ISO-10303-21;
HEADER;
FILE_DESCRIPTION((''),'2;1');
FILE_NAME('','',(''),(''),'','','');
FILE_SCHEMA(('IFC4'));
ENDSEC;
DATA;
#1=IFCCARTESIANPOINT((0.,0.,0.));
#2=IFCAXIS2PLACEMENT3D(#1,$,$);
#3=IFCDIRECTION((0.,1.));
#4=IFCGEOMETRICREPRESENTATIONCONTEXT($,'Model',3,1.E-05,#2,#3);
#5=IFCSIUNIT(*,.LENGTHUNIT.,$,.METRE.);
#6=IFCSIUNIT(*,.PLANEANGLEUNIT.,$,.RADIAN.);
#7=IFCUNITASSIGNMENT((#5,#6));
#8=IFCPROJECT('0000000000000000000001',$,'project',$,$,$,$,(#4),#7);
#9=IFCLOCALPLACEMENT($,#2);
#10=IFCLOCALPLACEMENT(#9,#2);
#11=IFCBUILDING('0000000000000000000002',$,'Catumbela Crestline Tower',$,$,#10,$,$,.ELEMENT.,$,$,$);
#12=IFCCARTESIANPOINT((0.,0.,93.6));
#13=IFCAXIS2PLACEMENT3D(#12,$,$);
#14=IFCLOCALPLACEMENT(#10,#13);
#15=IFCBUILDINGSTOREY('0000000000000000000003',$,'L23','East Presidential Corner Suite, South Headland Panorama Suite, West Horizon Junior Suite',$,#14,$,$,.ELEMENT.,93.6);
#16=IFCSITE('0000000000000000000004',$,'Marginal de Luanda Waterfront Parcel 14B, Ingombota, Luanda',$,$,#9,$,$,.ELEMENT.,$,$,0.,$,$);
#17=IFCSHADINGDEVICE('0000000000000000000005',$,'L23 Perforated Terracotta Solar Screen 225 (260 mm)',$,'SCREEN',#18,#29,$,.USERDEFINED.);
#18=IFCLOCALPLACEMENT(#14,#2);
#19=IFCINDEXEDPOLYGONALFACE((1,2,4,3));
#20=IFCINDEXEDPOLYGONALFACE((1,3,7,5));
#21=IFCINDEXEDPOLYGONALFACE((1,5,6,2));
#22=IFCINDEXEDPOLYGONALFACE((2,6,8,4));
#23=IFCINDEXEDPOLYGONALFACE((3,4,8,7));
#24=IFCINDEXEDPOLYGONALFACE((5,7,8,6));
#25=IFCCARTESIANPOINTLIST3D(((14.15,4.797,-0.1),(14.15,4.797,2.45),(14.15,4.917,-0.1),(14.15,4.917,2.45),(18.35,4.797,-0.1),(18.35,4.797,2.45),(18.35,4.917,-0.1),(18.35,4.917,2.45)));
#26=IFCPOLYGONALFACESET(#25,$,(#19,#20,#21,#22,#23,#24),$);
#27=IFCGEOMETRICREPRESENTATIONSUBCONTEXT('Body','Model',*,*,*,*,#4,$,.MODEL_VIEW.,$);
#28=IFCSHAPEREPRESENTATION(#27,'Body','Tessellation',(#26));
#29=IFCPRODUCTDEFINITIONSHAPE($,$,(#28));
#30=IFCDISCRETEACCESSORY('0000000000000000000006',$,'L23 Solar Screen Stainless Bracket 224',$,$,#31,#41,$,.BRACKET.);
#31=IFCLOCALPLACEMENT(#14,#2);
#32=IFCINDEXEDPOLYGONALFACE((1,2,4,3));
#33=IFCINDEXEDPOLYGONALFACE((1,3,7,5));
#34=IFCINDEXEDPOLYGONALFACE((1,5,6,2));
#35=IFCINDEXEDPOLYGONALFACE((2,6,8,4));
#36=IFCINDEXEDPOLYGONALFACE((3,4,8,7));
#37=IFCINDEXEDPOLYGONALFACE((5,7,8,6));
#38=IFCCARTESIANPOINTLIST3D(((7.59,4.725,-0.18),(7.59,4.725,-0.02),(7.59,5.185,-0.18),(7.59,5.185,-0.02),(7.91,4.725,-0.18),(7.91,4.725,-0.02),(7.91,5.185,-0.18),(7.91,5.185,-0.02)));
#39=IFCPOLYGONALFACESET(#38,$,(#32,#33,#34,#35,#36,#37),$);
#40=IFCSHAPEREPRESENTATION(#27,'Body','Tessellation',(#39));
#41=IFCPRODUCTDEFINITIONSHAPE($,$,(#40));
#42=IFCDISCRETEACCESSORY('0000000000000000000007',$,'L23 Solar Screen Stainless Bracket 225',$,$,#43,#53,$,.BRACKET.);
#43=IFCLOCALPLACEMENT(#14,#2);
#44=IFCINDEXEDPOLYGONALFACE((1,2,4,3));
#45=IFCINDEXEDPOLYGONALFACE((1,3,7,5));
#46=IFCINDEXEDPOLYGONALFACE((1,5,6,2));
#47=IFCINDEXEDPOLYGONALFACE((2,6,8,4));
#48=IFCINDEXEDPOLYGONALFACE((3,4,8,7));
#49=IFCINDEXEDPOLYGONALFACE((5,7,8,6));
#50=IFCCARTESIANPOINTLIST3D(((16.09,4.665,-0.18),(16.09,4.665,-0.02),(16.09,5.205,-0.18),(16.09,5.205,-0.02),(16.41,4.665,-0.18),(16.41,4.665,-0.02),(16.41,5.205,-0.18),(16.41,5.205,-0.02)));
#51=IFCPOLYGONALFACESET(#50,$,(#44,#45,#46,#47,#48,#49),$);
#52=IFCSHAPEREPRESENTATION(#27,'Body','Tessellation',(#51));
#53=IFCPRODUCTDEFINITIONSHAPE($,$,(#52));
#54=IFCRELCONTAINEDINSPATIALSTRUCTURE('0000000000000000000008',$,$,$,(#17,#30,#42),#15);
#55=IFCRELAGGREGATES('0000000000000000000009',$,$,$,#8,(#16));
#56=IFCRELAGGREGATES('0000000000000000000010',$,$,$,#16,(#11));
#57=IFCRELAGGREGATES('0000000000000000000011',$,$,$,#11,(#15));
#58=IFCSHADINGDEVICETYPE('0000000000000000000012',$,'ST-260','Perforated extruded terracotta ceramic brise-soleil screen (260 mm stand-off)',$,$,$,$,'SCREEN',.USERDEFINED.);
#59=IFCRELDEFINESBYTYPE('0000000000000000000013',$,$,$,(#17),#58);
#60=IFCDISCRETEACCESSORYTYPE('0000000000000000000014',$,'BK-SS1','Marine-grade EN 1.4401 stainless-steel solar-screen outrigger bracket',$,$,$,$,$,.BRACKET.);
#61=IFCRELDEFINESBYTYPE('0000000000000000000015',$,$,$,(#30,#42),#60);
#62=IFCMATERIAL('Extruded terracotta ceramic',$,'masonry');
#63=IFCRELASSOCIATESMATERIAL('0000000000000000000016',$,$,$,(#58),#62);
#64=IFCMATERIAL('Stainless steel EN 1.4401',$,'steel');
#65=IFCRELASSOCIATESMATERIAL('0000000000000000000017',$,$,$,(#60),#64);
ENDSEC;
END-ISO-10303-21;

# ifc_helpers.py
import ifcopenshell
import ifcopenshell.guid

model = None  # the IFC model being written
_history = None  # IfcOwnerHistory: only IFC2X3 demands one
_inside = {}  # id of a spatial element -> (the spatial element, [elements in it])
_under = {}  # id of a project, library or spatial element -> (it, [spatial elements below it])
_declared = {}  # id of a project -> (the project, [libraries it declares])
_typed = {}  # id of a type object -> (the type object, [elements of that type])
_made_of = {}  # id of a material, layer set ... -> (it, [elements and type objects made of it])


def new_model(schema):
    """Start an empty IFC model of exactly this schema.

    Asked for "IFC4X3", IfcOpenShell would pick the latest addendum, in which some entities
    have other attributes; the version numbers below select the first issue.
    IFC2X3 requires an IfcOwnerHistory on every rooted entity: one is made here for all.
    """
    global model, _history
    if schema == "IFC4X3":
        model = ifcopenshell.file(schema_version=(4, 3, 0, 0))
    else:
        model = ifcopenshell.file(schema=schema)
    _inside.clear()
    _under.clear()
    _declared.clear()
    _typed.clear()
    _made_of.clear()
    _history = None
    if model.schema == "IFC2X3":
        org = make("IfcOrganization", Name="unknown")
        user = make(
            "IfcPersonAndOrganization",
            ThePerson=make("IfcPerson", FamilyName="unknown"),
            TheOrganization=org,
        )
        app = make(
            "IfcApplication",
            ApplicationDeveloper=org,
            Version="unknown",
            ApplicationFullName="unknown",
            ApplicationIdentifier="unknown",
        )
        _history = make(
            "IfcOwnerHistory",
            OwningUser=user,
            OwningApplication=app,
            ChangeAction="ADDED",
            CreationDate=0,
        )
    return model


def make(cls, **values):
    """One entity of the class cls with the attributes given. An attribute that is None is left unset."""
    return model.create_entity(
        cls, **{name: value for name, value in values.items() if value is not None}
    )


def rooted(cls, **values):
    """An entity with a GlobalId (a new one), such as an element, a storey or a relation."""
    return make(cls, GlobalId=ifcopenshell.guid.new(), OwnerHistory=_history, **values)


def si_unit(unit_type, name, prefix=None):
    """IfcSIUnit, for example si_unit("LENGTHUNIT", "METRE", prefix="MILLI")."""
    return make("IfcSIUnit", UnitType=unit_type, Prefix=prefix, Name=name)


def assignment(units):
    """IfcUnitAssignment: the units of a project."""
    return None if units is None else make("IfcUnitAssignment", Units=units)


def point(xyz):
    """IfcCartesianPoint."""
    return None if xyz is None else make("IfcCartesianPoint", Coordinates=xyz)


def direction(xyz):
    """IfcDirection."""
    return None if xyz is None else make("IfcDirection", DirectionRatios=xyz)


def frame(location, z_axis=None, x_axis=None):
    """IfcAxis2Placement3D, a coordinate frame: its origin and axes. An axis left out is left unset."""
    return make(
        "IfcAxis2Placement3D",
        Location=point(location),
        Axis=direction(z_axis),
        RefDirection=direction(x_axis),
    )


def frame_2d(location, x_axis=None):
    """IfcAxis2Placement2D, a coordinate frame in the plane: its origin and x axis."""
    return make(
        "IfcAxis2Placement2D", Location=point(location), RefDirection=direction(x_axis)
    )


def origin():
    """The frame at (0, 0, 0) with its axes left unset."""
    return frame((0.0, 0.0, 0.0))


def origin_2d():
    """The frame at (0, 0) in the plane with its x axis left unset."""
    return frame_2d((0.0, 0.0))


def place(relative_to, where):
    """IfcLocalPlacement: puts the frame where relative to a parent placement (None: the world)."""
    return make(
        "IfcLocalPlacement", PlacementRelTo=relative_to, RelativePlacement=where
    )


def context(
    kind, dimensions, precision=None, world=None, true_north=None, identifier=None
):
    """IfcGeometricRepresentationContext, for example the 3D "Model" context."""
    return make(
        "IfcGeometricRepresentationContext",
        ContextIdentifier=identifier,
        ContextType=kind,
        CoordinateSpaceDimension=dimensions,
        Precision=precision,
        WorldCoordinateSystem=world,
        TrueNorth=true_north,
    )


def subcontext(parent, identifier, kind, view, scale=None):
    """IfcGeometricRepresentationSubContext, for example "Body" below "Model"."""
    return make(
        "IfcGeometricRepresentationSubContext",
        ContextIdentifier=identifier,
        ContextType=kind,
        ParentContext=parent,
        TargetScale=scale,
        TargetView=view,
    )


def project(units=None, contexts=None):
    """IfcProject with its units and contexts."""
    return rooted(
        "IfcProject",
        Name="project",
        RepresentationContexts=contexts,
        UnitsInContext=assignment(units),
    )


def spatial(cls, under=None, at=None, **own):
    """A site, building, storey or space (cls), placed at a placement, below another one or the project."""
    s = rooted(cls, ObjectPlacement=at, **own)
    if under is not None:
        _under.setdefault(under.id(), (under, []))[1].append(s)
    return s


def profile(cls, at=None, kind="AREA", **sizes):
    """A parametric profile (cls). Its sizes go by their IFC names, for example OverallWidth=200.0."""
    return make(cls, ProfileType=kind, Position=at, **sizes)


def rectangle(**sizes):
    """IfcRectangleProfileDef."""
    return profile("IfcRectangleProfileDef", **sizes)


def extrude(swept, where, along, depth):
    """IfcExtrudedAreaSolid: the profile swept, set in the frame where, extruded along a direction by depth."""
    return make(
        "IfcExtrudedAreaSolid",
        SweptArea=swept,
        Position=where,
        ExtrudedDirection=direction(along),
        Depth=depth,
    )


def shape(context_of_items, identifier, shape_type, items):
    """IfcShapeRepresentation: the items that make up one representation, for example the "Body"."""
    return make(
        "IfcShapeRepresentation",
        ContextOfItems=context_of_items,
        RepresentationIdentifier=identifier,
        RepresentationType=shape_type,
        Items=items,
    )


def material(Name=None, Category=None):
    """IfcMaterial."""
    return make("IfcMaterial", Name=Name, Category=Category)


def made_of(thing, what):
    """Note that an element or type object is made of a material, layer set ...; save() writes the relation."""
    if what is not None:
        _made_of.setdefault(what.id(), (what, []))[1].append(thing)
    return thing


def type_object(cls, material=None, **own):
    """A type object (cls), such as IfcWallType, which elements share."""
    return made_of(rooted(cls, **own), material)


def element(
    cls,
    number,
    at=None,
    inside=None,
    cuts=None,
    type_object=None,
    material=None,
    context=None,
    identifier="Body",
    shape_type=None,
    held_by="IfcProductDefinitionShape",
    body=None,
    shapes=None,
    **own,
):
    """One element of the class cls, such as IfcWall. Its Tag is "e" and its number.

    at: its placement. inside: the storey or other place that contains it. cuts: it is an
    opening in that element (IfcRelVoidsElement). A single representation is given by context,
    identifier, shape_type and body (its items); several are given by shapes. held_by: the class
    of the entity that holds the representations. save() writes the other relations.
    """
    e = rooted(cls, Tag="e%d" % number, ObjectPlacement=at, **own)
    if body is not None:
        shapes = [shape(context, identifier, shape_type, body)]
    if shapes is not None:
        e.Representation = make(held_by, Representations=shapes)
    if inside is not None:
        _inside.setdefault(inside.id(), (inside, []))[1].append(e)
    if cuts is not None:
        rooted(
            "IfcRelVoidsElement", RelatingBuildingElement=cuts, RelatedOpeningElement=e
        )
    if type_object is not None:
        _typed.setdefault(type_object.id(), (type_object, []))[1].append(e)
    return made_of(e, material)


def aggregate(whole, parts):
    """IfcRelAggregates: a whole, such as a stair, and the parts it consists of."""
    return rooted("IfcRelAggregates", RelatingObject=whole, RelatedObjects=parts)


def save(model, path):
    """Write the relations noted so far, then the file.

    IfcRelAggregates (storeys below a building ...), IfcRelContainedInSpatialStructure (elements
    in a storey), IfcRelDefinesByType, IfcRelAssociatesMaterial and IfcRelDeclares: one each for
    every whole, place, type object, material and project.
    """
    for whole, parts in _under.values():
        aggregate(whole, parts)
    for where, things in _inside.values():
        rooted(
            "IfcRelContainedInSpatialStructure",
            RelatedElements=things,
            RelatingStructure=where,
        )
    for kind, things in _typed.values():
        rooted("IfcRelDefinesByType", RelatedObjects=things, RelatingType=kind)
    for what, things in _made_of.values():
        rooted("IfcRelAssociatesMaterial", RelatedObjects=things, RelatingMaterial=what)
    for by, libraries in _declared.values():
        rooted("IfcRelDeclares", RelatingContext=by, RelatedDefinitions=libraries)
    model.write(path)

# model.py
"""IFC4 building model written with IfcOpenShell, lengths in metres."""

from ifc_helpers import new_model, si_unit, direction, frame, origin, origin_2d, place, context, subcontext, project, spatial, rectangle, extrude, material, type_object, element, save


model = new_model("IFC4")

# Units and contexts
model_context = context("Model", 3, precision=1e-05, world=origin(), true_north=direction((0.0, 1.0)))
body_context = subcontext(model_context, "Body", "Model", "MODEL_VIEW")
ifc_project = project(units=[si_unit("LENGTHUNIT", "METRE"), si_unit("PLANEANGLEUNIT", "RADIAN")], contexts=[model_context])

# Site, building, storey
site_placement = place(None, origin())
site = spatial("IfcSite", under=ifc_project, at=site_placement, Name="Marginal de Luanda Waterfront Parcel 14B, Ingombota, Luanda", CompositionType="ELEMENT", RefElevation=0.0)
building_placement = place(site_placement, origin())
building = spatial("IfcBuilding", under=site, at=building_placement, Name="Catumbela Crestline Tower", CompositionType="ELEMENT")
storey_placement = place(building_placement, frame((0.0, 0.0, 93.6)))
storey = spatial("IfcBuildingStorey", under=building, at=storey_placement, Name="L23", Description="East Presidential Corner Suite, South Headland Panorama Suite, West Horizon Junior Suite", CompositionType="ELEMENT", Elevation=93.6)

# Shading device
ifc_material_1 = material(Name="Extruded terracotta ceramic", Category="masonry")
shading_device_type_1 = type_object("IfcShadingDeviceType", Name="ST-260", Description="Perforated extruded terracotta ceramic brise-soleil screen (260 mm stand-off)", ElementType="SCREEN", PredefinedType="USERDEFINED", material=ifc_material_1)
shading_device_1_placement = place(storey_placement, frame((16.25, 4.857, -0.1), z_axis=(0.0, 0.0, 1.0), x_axis=(1.0, 0.0, 0.0)))
element("IfcShadingDevice", 1, at=shading_device_1_placement, inside=storey, type_object=shading_device_type_1, Name="L23 Perforated Terracotta Solar Screen 225 (260 mm)", ObjectType="SCREEN", PredefinedType="USERDEFINED", context=body_context, shape_type="SweptSolid", body=[
    extrude(rectangle(XDim=4.2, YDim=0.12, at=origin_2d()), origin(), (0.0, 0.0, 1.0), 2.55),
])

# Discrete accessories
ifc_material_2 = material(Name="Stainless steel EN 1.4401", Category="steel")
discrete_accessory_type = type_object("IfcDiscreteAccessoryType", Name="BK-SS1", Description="Marine-grade EN 1.4401 stainless-steel solar-screen outrigger bracket", PredefinedType="BRACKET", material=ifc_material_2)
discrete_accessory_1_placement = place(storey_placement, frame((7.75, 4.955, -0.18), z_axis=(0.0, 0.0, 1.0), x_axis=(1.0, 0.0, 0.0)))
element("IfcDiscreteAccessory", 2, at=discrete_accessory_1_placement, inside=storey, type_object=discrete_accessory_type, Name="L23 Solar Screen Stainless Bracket 224", PredefinedType="BRACKET", context=body_context, shape_type="SweptSolid", body=[
    extrude(rectangle(XDim=0.32, YDim=0.46, at=origin_2d()), origin(), (0.0, 0.0, 1.0), 0.16),
])
discrete_accessory_2_placement = place(storey_placement, frame((16.25, 4.935, -0.18), z_axis=(0.0, 0.0, 1.0), x_axis=(1.0, 0.0, 0.0)))
element("IfcDiscreteAccessory", 3, at=discrete_accessory_2_placement, inside=storey, type_object=discrete_accessory_type, Name="L23 Solar Screen Stainless Bracket 225", PredefinedType="BRACKET", context=body_context, shape_type="SweptSolid", body=[
    extrude(rectangle(XDim=0.32, YDim=0.54, at=origin_2d()), origin(), (0.0, 0.0, 1.0), 0.16),
])

save(model, "model.ifc")
